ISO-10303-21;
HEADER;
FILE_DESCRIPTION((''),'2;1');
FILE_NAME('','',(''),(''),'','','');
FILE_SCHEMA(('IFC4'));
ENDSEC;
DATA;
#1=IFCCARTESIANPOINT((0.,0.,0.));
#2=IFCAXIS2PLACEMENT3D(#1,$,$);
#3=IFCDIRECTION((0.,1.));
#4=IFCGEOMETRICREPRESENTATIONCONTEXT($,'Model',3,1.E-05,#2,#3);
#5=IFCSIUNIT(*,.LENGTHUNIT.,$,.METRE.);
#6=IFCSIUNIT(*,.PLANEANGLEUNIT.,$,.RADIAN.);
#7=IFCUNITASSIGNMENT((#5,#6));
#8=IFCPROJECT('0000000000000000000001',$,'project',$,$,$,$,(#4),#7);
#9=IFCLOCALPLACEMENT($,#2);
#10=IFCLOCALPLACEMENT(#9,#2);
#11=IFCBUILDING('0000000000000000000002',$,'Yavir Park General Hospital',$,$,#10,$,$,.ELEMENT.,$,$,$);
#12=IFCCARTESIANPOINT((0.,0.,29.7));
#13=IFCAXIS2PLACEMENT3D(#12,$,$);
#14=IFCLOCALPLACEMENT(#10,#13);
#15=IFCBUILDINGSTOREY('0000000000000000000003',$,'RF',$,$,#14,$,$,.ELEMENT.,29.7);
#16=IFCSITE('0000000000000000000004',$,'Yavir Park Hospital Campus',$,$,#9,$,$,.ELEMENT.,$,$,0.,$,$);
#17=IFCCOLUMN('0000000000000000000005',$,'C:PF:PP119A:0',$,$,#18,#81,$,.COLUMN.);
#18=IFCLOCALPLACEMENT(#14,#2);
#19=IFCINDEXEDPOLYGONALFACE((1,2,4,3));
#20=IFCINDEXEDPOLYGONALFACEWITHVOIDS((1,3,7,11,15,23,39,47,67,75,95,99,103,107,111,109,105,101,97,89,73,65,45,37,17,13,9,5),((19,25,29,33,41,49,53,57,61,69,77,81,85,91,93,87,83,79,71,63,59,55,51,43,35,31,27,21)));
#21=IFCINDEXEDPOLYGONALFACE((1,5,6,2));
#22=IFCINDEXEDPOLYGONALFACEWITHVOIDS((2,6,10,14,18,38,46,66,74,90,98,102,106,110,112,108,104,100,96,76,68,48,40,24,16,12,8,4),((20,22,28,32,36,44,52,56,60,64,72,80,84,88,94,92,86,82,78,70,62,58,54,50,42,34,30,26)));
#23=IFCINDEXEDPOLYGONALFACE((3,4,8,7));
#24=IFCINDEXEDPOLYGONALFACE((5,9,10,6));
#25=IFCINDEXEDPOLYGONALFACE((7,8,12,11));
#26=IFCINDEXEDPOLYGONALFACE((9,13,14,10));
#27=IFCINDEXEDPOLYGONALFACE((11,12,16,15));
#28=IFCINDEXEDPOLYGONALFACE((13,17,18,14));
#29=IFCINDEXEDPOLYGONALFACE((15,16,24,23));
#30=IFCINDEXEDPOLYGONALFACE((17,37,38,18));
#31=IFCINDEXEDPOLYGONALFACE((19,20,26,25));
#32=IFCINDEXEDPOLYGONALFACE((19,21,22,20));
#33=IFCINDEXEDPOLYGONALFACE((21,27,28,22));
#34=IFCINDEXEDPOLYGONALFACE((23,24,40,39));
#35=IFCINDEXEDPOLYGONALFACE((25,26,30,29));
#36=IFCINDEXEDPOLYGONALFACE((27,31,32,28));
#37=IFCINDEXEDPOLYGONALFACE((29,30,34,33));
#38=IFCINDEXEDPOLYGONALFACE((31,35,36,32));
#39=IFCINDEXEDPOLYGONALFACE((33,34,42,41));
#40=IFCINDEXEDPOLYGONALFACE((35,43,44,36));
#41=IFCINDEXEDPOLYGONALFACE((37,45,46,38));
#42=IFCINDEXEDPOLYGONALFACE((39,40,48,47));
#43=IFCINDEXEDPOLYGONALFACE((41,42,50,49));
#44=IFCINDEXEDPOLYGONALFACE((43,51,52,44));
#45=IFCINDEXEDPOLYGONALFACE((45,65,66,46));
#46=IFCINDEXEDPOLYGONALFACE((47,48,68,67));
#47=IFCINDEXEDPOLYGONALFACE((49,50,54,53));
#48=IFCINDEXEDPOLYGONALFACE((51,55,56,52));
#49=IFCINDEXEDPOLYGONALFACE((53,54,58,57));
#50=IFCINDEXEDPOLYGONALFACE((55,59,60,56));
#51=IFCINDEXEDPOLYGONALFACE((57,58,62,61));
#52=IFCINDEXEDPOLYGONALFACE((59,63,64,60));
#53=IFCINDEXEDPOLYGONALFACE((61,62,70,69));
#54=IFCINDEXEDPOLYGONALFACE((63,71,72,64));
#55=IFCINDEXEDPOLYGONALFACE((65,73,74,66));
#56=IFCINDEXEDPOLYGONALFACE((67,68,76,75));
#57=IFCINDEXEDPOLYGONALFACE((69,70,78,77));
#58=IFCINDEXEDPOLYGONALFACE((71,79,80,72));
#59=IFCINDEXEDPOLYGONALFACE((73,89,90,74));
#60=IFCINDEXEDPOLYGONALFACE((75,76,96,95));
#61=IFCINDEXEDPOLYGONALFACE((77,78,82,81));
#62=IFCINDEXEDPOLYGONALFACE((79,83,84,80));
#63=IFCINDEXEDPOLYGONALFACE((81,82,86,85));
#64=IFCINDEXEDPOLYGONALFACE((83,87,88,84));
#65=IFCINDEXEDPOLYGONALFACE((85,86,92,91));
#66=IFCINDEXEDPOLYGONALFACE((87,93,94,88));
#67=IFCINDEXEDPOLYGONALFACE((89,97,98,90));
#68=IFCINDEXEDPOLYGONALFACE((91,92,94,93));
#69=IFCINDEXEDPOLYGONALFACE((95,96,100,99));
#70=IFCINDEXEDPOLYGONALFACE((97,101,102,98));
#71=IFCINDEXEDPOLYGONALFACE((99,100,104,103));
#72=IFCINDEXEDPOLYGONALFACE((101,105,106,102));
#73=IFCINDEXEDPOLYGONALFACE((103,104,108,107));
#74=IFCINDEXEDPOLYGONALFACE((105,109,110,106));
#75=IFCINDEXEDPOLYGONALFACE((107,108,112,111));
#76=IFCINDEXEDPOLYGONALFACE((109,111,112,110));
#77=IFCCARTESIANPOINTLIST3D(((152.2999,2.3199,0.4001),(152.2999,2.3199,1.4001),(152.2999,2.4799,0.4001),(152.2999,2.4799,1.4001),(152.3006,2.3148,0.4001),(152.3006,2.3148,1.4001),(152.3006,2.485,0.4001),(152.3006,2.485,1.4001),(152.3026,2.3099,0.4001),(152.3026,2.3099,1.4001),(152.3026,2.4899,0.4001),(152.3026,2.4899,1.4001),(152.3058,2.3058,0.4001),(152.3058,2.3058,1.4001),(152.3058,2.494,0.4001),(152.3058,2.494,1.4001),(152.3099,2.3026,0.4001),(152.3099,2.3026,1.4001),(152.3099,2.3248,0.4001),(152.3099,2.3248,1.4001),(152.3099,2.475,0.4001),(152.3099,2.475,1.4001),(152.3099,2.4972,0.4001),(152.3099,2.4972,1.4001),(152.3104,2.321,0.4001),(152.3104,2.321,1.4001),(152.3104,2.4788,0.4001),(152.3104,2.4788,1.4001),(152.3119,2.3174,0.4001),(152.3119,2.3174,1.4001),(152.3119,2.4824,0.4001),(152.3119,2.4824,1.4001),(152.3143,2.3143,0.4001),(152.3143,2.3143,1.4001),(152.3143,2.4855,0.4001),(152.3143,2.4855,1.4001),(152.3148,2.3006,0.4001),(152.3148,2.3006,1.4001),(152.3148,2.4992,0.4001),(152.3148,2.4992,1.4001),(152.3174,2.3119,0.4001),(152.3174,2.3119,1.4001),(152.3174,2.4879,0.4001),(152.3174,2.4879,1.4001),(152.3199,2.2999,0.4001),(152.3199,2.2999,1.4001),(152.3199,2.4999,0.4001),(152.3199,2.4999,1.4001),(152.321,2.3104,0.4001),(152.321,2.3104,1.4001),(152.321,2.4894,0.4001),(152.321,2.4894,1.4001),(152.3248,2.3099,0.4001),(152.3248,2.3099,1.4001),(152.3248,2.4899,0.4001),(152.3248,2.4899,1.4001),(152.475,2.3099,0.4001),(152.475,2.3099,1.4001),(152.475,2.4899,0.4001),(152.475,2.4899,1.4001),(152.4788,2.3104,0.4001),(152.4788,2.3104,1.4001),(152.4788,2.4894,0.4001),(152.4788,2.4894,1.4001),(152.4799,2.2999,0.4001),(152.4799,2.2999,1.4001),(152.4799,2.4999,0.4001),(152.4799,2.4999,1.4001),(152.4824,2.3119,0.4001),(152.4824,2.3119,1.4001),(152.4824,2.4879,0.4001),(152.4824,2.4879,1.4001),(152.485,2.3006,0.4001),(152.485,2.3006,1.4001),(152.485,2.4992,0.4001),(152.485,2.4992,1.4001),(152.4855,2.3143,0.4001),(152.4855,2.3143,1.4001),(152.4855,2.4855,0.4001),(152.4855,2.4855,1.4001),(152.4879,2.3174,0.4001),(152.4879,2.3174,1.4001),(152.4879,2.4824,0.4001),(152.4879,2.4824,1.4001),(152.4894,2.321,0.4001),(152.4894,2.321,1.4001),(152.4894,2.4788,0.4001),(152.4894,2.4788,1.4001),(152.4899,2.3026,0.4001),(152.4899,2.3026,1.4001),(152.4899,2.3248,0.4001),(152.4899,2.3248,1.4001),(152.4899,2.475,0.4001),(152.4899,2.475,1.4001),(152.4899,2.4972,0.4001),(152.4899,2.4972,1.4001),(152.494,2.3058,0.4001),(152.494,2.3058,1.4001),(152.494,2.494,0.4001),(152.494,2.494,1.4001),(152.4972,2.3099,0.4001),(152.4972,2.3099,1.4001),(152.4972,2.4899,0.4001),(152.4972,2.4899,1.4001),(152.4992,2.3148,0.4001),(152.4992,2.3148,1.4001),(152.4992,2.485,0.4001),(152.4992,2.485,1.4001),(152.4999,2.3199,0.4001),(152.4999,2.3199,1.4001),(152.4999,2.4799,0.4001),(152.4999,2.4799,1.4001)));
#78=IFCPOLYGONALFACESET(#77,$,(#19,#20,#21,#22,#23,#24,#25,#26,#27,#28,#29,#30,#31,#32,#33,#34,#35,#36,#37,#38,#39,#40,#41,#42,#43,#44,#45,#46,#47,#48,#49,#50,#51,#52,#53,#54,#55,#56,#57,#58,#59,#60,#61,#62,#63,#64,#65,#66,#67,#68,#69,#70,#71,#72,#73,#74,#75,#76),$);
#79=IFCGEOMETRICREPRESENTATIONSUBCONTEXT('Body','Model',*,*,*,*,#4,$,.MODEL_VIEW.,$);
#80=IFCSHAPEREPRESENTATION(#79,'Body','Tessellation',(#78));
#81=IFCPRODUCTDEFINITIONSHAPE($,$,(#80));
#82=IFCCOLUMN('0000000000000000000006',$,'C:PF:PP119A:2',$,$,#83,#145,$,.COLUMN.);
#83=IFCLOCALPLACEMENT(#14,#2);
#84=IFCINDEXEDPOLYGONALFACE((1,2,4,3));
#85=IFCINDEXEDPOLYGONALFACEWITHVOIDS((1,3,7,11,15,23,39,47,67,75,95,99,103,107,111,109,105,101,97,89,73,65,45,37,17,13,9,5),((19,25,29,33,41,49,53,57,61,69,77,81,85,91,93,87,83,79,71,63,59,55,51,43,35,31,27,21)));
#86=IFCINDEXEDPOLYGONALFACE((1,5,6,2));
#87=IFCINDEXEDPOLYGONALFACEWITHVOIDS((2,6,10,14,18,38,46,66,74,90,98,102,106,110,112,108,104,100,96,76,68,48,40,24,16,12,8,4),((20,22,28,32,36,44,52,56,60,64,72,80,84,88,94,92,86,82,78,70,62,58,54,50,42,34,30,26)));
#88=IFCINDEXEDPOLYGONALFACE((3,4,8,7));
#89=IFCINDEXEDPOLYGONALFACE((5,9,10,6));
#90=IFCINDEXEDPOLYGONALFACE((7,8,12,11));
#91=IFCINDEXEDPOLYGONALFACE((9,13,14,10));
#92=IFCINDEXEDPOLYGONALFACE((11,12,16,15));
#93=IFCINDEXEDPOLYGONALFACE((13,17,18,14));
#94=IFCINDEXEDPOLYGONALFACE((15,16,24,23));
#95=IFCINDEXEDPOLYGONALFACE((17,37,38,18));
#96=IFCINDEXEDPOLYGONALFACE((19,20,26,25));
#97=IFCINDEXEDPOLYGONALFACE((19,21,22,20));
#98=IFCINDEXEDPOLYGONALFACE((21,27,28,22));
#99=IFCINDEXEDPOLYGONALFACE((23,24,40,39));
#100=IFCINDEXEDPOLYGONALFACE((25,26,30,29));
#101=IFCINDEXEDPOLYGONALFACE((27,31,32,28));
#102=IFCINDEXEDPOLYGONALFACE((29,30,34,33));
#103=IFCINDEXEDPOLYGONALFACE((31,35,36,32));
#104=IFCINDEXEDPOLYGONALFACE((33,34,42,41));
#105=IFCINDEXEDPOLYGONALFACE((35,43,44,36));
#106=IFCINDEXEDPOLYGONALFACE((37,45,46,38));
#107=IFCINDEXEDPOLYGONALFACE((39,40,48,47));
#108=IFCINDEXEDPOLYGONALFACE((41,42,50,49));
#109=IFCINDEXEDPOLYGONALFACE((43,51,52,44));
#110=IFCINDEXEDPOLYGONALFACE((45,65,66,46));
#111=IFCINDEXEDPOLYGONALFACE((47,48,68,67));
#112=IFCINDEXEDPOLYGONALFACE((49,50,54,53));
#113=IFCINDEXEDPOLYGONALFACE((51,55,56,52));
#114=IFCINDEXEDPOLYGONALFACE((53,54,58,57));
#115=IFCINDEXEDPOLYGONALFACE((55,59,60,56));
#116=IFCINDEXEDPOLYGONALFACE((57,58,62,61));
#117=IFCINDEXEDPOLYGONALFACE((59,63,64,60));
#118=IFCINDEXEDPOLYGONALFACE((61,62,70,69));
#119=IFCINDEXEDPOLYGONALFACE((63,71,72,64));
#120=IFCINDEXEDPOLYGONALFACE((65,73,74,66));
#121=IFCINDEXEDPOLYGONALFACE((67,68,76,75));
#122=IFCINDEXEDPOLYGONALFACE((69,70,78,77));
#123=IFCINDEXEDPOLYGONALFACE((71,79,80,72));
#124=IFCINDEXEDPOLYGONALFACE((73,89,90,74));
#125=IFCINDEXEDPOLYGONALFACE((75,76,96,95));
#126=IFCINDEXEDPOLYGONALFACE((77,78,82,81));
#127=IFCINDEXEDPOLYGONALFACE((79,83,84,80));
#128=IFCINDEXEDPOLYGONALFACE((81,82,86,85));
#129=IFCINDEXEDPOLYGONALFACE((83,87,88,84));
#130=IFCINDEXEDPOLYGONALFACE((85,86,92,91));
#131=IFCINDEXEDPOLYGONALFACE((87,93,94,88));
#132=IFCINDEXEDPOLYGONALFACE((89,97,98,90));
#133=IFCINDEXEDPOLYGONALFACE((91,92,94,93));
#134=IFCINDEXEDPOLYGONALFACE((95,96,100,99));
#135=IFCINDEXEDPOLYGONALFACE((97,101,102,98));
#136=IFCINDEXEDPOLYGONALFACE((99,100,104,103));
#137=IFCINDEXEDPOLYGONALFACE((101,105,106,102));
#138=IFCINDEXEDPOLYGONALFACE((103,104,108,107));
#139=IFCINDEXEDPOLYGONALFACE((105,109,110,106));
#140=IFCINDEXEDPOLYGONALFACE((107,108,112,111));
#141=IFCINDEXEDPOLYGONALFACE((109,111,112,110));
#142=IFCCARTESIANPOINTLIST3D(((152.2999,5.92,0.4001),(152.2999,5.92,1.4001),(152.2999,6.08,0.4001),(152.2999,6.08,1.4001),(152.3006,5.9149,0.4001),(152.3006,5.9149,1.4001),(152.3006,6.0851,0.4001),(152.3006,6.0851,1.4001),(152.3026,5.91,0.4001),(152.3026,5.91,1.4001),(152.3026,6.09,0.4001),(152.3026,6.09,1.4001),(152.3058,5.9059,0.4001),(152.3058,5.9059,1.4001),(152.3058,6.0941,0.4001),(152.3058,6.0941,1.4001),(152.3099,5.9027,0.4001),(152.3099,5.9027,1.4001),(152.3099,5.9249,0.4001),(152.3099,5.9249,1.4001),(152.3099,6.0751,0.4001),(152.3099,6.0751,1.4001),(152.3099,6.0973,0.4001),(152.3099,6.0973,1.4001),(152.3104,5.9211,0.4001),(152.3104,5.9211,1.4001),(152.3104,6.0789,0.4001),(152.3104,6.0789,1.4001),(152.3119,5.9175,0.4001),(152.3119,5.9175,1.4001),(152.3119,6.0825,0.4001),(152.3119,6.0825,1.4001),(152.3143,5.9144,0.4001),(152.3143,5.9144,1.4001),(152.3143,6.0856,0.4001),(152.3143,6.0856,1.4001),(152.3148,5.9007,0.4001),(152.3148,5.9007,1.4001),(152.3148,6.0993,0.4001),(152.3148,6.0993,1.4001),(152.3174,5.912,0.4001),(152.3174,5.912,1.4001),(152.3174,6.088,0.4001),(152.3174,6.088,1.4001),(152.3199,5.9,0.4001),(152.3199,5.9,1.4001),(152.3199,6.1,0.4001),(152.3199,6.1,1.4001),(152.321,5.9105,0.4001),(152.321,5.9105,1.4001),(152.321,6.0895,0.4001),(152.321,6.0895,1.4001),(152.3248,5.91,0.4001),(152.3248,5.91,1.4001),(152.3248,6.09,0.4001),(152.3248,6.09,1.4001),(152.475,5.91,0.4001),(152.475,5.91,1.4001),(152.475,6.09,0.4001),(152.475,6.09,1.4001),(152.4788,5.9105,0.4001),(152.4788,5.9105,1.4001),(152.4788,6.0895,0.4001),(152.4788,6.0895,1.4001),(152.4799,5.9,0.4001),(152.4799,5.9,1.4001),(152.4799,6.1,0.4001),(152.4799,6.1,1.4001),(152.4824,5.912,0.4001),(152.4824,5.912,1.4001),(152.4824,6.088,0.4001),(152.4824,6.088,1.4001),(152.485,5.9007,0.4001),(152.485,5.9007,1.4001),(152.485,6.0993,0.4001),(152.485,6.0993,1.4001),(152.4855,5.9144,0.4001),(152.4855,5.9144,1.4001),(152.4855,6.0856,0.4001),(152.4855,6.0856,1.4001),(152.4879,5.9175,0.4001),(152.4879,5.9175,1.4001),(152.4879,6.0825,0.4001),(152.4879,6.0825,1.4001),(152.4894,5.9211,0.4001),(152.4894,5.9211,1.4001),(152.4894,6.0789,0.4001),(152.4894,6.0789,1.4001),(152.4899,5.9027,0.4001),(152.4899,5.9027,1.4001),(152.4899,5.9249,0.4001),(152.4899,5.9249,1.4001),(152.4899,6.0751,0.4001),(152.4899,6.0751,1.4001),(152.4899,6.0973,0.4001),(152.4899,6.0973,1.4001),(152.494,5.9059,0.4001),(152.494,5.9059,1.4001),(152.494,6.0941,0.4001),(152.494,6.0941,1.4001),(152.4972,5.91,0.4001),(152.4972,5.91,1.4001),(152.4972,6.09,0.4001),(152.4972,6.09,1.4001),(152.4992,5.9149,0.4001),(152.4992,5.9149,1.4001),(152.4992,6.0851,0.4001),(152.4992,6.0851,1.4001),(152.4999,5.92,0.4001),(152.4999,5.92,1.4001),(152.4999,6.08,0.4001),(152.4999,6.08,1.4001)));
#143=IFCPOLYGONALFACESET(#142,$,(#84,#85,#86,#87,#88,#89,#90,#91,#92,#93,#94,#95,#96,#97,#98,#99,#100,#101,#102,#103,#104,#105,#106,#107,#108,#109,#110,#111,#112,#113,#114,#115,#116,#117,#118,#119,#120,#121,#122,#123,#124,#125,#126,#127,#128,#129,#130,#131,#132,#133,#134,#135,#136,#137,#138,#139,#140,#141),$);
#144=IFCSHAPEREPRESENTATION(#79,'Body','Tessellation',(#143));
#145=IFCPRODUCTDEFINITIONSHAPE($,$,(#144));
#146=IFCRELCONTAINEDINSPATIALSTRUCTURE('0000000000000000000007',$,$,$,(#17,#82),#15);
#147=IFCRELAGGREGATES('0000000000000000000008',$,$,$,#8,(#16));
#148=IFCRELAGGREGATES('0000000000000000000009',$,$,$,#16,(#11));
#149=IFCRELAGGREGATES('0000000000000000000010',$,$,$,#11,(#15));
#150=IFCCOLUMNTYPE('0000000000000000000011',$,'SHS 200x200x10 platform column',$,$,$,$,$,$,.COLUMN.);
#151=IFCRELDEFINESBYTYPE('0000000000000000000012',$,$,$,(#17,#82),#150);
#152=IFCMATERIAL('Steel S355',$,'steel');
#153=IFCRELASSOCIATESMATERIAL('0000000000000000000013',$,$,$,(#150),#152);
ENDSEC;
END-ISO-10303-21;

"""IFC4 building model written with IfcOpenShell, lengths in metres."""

from ifc_helpers import new_model, si_unit, direction, frame, origin, origin_2d, place, context, subcontext, project, spatial, hollow_rectangle, extrude, material, material_profile, profile_set, type_object, element, save


model = new_model("IFC4")

# Units and contexts
model_context = context("Model", 3, precision=1e-05, world=origin(), true_north=direction((0.0, 1.0)))
body_context = subcontext(model_context, "Body", "Model", "MODEL_VIEW")
ifc_project = project(units=[si_unit("LENGTHUNIT", "METRE"), si_unit("PLANEANGLEUNIT", "RADIAN")], contexts=[model_context])

# Site, building, storey
site_placement = place(None, origin())
site = spatial("IfcSite", under=ifc_project, at=site_placement, Name="Yavir Park Hospital Campus", CompositionType="ELEMENT", RefElevation=0.0)
building_placement = place(site_placement, origin())
building = spatial("IfcBuilding", under=site, at=building_placement, Name="Yavir Park General Hospital", CompositionType="ELEMENT")
storey_placement = place(building_placement, frame((0.0, 0.0, 29.7)))
storey = spatial("IfcBuildingStorey", under=building, at=storey_placement, Name="RF", CompositionType="ELEMENT", Elevation=29.7)

# Columns
ifc_material_1 = material(Name="Steel S355", Category="steel")
ifc_material_profile_1 = material_profile(ifc_material_1, hollow_rectangle(XDim=0.2, YDim=0.2, WallThickness=0.01, InnerFilletRadius=0.0149, OuterFilletRadius=0.02, at=origin_2d()), Name="SHS200x200x10")
ifc_profile_set_1 = profile_set([ifc_material_profile_1], Name="Steel S355")
column_type_1 = type_object("IfcColumnType", Name="SHS 200x200x10 platform column", PredefinedType="COLUMN", material=ifc_profile_set_1)
for number, where, z_axis, x_axis, name in (
    (1, (152.3999, 2.3999, 0.4001), (0.0, 0.0, 1.0), (1.0, 0.0, 0.0), "C:PF:PP119A:0"),
    (2, (152.3999, 6.0, 0.4001), (0.0, 0.0, 1.0), (1.0, 0.0, 0.0), "C:PF:PP119A:2"),
):
    element("IfcColumn", number, at=place(storey_placement, frame(where, z_axis=z_axis, x_axis=x_axis)), inside=storey, type_object=column_type_1, Name=name, PredefinedType="COLUMN", context=body_context, shape_type="SweptSolid", body=[
        extrude(hollow_rectangle(XDim=0.2, YDim=0.2, WallThickness=0.01, InnerFilletRadius=0.0149, OuterFilletRadius=0.02, at=origin_2d()), origin(), (0.0, 0.0, 1.0), 1.0),
    ])

save(model, "model.ifc")
